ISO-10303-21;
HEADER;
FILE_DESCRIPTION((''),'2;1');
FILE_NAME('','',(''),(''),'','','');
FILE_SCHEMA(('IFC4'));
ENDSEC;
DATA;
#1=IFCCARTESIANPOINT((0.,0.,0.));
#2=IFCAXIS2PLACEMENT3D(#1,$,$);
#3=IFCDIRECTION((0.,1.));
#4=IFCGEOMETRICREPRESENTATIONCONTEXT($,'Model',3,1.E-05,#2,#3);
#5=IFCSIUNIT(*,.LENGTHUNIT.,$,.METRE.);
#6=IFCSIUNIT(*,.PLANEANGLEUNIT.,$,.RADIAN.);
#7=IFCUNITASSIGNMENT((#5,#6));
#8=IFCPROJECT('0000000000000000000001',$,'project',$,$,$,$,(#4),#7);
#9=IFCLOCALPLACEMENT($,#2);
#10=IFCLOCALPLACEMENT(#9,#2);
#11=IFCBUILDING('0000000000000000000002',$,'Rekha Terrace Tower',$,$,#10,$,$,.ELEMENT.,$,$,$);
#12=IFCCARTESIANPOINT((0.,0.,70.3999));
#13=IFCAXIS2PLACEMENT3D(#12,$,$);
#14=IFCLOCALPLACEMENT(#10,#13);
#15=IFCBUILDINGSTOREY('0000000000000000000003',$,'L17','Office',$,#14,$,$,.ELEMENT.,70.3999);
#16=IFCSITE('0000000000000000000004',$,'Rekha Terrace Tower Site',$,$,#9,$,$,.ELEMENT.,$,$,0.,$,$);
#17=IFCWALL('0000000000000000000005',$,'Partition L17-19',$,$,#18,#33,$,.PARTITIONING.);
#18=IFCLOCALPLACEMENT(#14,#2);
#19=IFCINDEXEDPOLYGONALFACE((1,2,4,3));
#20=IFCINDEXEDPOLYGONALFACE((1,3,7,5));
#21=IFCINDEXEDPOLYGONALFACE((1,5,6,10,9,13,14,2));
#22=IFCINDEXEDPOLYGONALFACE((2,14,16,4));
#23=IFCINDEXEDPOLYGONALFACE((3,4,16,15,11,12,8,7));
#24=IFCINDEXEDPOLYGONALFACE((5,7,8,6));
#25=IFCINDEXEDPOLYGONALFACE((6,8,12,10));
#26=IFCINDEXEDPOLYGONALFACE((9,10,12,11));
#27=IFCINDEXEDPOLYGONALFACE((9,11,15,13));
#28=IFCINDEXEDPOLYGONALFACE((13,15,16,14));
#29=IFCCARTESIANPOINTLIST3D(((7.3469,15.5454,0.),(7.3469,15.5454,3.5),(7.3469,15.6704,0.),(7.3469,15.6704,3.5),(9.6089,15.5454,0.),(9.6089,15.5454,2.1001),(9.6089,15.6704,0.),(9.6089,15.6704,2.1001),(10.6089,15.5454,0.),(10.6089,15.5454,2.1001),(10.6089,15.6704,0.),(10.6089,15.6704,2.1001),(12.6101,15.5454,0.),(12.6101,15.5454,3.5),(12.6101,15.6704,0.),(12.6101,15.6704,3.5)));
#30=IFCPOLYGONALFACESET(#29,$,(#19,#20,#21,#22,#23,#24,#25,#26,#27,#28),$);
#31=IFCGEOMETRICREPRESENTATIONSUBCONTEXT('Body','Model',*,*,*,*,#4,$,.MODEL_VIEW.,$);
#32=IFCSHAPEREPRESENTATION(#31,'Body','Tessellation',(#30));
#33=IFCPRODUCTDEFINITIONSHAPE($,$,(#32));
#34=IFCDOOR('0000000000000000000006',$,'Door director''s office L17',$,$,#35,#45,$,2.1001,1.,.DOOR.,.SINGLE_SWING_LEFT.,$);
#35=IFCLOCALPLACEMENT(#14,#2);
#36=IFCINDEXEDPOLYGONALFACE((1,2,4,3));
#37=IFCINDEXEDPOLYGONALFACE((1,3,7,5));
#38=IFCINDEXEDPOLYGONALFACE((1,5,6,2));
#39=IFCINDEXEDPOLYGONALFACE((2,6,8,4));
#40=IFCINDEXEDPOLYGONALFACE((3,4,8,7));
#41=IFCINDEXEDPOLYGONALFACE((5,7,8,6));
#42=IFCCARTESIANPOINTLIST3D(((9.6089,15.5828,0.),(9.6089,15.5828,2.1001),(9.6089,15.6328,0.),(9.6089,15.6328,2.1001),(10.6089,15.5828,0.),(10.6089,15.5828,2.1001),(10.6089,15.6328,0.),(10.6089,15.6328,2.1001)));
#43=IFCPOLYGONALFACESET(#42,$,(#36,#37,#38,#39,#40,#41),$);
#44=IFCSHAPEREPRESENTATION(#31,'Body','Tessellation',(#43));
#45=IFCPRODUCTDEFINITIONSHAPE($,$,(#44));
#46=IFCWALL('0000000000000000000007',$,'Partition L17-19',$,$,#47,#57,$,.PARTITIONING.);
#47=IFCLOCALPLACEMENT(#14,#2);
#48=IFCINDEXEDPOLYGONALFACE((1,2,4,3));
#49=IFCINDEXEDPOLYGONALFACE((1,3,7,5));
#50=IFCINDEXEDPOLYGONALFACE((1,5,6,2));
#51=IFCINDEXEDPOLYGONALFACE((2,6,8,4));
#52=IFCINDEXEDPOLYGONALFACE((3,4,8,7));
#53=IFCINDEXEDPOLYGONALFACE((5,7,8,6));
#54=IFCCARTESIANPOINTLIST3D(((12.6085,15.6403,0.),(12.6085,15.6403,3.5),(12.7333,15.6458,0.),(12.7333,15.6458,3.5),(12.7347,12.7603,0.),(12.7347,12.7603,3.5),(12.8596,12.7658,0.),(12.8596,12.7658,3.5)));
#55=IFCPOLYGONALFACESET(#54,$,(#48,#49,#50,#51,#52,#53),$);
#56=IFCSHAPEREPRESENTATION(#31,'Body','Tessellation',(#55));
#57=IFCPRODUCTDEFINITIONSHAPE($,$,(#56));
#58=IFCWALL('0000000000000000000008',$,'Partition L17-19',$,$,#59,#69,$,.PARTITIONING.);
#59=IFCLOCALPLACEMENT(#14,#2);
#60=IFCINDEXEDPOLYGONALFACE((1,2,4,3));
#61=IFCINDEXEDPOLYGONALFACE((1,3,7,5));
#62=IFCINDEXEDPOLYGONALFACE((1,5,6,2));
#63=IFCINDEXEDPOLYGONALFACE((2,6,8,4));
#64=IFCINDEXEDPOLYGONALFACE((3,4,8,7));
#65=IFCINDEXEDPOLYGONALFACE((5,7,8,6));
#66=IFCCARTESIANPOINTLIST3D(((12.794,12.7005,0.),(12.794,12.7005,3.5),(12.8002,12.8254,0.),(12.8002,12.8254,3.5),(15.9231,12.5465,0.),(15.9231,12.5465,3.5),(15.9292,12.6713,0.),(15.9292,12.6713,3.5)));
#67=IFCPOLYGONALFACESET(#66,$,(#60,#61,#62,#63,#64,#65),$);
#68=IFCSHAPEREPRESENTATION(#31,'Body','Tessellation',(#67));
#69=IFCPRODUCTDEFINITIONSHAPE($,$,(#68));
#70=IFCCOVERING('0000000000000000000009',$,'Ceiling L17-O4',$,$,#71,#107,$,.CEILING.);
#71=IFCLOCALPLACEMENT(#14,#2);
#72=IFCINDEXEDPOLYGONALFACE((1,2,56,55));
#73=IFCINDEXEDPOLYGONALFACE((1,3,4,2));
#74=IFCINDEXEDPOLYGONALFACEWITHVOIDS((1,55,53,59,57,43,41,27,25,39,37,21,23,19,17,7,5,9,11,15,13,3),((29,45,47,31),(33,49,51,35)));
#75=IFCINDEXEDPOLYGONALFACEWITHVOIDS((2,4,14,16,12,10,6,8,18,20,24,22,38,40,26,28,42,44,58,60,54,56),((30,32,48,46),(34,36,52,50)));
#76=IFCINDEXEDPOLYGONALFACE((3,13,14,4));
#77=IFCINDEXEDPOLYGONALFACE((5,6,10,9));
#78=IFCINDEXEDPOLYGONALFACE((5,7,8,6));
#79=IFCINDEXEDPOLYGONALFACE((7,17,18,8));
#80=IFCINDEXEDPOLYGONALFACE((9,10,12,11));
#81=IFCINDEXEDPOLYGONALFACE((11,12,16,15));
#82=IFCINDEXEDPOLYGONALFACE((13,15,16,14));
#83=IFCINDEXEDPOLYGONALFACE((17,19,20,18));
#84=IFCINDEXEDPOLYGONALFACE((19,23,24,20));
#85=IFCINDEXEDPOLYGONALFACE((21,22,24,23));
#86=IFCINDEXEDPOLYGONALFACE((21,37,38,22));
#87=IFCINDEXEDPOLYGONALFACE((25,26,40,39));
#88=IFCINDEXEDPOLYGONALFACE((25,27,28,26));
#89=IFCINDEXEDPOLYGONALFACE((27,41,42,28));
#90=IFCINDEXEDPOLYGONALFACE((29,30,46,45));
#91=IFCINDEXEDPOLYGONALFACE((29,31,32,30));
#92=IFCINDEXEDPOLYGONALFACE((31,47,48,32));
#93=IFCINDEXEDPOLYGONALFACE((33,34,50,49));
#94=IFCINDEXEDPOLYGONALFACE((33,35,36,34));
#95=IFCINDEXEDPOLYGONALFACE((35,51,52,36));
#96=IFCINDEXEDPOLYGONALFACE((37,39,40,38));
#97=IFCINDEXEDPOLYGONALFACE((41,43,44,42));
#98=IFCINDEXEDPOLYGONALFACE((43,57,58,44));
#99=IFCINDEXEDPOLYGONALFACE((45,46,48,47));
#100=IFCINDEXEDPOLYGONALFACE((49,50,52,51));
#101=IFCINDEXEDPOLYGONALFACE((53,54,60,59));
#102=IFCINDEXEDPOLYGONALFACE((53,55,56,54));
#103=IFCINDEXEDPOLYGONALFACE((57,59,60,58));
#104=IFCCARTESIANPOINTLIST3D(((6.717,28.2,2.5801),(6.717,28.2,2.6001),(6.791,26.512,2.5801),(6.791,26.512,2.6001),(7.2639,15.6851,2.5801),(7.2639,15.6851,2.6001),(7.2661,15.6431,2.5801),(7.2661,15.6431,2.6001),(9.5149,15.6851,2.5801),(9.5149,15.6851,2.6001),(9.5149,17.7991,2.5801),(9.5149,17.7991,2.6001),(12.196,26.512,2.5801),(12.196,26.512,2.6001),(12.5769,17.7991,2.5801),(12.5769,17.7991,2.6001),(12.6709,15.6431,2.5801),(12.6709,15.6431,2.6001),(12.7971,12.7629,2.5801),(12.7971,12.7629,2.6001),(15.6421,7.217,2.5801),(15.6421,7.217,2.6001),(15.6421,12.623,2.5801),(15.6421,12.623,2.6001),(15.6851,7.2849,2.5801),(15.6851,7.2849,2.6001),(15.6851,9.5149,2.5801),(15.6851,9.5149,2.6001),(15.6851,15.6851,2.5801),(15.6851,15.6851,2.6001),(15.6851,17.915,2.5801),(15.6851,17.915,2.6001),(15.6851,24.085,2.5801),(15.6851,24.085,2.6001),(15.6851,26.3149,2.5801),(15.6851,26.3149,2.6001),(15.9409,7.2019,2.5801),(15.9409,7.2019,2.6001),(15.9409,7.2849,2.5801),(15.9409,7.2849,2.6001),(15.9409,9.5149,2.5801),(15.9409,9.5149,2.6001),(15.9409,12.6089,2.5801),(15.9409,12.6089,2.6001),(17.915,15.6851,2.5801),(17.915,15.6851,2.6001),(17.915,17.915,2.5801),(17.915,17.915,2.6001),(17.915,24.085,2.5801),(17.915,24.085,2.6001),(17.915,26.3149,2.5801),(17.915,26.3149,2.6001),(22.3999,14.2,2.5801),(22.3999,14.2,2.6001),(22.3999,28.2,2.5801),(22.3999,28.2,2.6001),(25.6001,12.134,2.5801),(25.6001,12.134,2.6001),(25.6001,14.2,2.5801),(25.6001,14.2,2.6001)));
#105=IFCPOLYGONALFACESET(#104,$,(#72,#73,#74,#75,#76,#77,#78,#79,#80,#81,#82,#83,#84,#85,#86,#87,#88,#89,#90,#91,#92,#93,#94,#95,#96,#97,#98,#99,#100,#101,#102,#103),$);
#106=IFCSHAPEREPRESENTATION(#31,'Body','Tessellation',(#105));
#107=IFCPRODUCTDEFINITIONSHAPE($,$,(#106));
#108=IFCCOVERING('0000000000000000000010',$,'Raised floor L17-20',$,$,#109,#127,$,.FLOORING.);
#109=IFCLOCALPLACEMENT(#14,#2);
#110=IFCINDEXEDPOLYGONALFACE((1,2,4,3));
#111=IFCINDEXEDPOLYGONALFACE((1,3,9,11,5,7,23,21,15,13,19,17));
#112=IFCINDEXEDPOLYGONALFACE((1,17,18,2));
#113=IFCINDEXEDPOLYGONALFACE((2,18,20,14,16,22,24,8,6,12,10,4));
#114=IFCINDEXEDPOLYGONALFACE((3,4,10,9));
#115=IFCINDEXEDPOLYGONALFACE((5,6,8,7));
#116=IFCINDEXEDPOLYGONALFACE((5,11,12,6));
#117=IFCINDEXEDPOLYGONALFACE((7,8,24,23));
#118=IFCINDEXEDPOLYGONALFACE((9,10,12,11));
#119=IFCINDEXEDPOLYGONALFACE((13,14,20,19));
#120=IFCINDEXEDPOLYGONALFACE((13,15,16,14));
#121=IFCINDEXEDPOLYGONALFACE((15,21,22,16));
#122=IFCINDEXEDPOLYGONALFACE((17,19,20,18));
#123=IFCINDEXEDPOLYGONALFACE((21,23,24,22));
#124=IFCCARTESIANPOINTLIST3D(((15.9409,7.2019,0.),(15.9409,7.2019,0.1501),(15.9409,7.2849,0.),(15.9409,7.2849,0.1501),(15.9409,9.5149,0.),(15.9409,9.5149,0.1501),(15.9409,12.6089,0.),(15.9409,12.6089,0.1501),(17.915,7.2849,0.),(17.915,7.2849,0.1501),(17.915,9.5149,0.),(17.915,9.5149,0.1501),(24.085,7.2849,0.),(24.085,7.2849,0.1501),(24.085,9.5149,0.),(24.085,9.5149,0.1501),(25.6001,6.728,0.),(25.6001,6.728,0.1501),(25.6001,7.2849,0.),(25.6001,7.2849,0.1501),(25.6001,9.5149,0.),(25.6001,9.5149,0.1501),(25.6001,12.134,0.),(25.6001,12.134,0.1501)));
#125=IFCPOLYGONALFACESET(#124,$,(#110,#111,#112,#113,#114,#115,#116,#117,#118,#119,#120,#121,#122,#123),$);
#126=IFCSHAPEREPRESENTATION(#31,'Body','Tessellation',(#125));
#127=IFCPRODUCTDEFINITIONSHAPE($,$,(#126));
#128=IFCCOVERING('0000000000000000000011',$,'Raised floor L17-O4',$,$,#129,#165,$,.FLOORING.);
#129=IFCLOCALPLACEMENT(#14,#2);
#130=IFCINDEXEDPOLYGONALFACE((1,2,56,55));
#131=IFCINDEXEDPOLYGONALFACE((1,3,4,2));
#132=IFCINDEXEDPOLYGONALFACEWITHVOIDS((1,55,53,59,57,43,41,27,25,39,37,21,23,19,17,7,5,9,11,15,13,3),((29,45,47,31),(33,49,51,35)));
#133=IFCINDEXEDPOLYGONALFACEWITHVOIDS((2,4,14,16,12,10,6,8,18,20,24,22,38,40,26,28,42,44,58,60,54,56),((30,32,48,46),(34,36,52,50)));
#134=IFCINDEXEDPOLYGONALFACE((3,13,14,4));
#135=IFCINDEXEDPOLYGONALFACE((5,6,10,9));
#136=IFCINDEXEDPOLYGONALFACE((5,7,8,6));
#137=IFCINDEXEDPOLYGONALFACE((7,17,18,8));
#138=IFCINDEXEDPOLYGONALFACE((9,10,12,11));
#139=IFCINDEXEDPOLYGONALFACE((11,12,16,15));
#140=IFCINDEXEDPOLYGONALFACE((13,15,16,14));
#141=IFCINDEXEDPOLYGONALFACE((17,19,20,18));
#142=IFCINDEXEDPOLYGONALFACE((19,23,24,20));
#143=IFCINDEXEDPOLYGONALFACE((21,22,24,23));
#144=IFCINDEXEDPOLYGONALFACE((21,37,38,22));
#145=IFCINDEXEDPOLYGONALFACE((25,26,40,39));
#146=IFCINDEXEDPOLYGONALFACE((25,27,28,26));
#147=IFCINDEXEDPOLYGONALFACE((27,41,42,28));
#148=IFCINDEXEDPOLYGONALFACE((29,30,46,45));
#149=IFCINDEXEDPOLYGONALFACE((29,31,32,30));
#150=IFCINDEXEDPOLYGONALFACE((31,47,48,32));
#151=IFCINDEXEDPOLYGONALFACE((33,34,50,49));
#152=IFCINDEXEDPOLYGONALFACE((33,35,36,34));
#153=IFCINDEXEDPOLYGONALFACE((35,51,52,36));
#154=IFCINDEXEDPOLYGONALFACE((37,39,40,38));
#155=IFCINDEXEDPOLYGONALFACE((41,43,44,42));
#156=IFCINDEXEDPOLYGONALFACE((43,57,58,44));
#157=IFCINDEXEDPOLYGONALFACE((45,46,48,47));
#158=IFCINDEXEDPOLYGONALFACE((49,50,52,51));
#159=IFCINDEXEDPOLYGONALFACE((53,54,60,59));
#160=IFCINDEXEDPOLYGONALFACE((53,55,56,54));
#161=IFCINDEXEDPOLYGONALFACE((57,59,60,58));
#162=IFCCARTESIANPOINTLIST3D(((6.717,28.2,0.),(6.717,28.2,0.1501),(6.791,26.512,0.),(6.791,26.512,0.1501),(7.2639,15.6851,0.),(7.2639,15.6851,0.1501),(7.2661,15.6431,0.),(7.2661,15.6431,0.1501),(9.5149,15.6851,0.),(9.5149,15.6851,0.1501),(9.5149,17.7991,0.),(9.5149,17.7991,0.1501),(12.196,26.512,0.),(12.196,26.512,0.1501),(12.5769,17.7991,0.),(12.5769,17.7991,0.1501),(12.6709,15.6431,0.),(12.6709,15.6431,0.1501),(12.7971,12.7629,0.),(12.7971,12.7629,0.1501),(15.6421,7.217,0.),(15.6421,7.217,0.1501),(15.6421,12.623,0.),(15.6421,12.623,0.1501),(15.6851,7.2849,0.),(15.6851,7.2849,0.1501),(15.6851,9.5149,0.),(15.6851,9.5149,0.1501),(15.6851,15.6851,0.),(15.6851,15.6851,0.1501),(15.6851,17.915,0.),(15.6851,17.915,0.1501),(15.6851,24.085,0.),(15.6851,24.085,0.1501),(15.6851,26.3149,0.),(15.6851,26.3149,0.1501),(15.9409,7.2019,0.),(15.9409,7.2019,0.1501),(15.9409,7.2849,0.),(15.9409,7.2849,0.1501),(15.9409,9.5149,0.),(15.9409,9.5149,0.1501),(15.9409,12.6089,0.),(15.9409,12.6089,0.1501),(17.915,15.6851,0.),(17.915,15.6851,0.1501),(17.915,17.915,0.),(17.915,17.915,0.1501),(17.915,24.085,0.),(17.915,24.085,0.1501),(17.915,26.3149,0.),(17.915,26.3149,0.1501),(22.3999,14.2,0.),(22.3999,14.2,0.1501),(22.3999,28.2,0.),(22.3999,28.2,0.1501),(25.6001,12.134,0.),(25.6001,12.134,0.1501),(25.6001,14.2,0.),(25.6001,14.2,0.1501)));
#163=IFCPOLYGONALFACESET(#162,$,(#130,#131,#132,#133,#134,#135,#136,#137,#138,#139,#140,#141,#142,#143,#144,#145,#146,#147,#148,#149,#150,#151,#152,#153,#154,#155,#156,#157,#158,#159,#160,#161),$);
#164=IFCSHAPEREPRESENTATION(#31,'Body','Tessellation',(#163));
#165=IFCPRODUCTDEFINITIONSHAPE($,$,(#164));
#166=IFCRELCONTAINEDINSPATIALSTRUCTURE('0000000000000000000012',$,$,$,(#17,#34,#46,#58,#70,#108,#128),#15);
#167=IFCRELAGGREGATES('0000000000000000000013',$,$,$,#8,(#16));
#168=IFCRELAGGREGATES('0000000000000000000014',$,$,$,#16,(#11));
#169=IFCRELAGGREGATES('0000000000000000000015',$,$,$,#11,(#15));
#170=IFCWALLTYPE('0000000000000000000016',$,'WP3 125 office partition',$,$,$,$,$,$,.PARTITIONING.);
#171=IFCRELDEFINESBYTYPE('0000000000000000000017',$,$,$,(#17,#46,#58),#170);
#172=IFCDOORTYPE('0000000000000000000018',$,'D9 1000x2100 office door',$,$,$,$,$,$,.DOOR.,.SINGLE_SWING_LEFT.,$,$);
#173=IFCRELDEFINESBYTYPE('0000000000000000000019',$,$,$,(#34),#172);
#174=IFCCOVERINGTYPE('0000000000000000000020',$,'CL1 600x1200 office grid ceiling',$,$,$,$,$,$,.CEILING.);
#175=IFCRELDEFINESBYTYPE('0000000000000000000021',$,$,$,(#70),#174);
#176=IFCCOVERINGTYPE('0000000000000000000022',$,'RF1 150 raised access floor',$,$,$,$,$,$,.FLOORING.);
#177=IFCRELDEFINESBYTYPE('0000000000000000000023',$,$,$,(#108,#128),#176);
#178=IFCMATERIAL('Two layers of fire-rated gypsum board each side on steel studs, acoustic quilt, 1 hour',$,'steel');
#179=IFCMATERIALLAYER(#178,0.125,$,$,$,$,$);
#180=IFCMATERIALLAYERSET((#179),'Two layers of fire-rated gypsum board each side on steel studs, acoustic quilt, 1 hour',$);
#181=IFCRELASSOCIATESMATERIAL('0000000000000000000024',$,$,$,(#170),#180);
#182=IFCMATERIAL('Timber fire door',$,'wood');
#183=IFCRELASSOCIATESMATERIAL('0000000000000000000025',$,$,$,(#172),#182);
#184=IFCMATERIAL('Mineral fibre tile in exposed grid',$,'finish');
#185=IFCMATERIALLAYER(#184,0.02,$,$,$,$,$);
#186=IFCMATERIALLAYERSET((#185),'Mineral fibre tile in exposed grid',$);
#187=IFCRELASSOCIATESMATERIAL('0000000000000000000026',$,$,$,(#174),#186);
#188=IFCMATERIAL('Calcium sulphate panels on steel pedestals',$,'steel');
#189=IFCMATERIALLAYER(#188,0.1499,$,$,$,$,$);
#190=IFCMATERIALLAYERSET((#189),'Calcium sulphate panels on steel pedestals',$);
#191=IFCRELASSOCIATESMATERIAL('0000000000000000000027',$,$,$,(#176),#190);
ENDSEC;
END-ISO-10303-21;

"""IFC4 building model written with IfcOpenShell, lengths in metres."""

from ifc_helpers import new_model, si_unit, direction, frame, frame_2d, origin, place, context, subcontext, project, spatial, polyline, rectangle, outline, extrude, material, layer, layer_set, type_object, element, fill, save


model = new_model("IFC4")

# Units and contexts
model_context = context("Model", 3, precision=1e-05, world=origin(), true_north=direction((0.0, 1.0)))
body_context = subcontext(model_context, "Body", "Model", "MODEL_VIEW")
ifc_project = project(units=[si_unit("LENGTHUNIT", "METRE"), si_unit("PLANEANGLEUNIT", "RADIAN")], contexts=[model_context])

# Site, building, storey
site_placement = place(None, origin())
site = spatial("IfcSite", under=ifc_project, at=site_placement, Name="Rekha Terrace Tower Site", CompositionType="ELEMENT", RefElevation=0.0)
building_placement = place(site_placement, origin())
building = spatial("IfcBuilding", under=site, at=building_placement, Name="Rekha Terrace Tower", CompositionType="ELEMENT")
storey_placement = place(building_placement, frame((0.0, 0.0, 70.3999)))
storey = spatial("IfcBuildingStorey", under=building, at=storey_placement, Name="L17", Description="Office", CompositionType="ELEMENT", Elevation=70.3999)

# Shared definitions
ifc_material_1 = material(Name="Two layers of fire-rated gypsum board each side on steel studs, acoustic quilt, 1 hour", Category="steel")
ifc_layer_1 = layer(ifc_material_1, 0.125)
ifc_layer_set_1 = layer_set([ifc_layer_1], Name="Two layers of fire-rated gypsum board each side on steel studs, acoustic quilt, 1 hour")
wall_type = type_object("IfcWallType", Name="WP3 125 office partition", PredefinedType="PARTITIONING", material=ifc_layer_set_1)

# Wall, opening, door
wall_1_placement = place(storey_placement, frame((7.3469, 15.6079, 0.0), z_axis=(0.0, 0.0, 1.0), x_axis=(1.0, 0.0, 0.0)))
wall_1 = element("IfcWall", 1, at=wall_1_placement, inside=storey, type_object=wall_type, Name="Partition L17-19", PredefinedType="PARTITIONING", context=body_context, shape_type="SweptSolid", body=[
    extrude(rectangle(XDim=5.2632, YDim=0.125, at=frame_2d((2.6316, 0.0))), origin(), (0.0, 0.0, 1.0), 3.5),
])
opening_placement = place(wall_1_placement, frame((2.262, 0.0, 0.0)))
opening = element("IfcOpeningElement", 2, at=opening_placement, cuts=wall_1, PredefinedType="OPENING", context=body_context, shape_type="SweptSolid", body=[
    extrude(rectangle(XDim=1.0, YDim=2.1001, at=frame_2d((0.5, 1.05))), frame((0.0, 0.0725, 0.0), z_axis=(0.0, -1.0, 0.0), x_axis=(1.0, 0.0, 0.0)), (0.0, 0.0, 1.0), 0.145),
])
ifc_material_2 = material(Name="Timber fire door", Category="wood")
door_type = type_object("IfcDoorType", Name="D9 1000x2100 office door", OperationType="SINGLE_SWING_LEFT", PredefinedType="DOOR", material=ifc_material_2)
door_placement = place(opening_placement, origin())
door = element("IfcDoor", 3, at=door_placement, inside=storey, type_object=door_type, Name="Door director's office L17", OperationType="SINGLE_SWING_LEFT", OverallHeight=2.1001, OverallWidth=1.0, PredefinedType="DOOR", context=body_context, shape_type="SweptSolid", body=[
    extrude(rectangle(XDim=1.0, YDim=2.1001, at=frame_2d((0.5, 1.05))), frame((0.0, 0.0249, 0.0), z_axis=(0.0, -1.0, 0.0), x_axis=(1.0, 0.0, 0.0)), (0.0, 0.0, 1.0), 0.05),
])
fill(opening, door)

# Walls
wall_2_placement = place(storey_placement, frame((12.6709, 15.6431, 0.0), z_axis=(0.0, 0.0, 1.0), x_axis=(0.043783, -0.999041, 0.0)))
element("IfcWall", 4, at=wall_2_placement, inside=storey, type_object=wall_type, Name="Partition L17-19", PredefinedType="PARTITIONING", context=body_context, shape_type="SweptSolid", body=[
    extrude(rectangle(XDim=2.8828, YDim=0.125, at=frame_2d((1.4414, 0.0))), origin(), (0.0, 0.0, 1.0), 3.5),
])
wall_3_placement = place(storey_placement, frame((12.7971, 12.7629, 0.0), z_axis=(0.0, 0.0, 1.0), x_axis=(0.99879, -0.049176, 0.0)))
element("IfcWall", 5, at=wall_3_placement, inside=storey, type_object=wall_type, Name="Partition L17-19", PredefinedType="PARTITIONING", context=body_context, shape_type="SweptSolid", body=[
    extrude(rectangle(XDim=3.1328, YDim=0.125, at=frame_2d((1.5664, 0.0))), origin(), (0.0, 0.0, 1.0), 3.5),
])

# Coverings
ifc_material_3 = material(Name="Mineral fibre tile in exposed grid", Category="finish")
ifc_layer_2 = layer(ifc_material_3, 0.02)
ifc_layer_set_2 = layer_set([ifc_layer_2], Name="Mineral fibre tile in exposed grid")
covering_type_1 = type_object("IfcCoveringType", Name="CL1 600x1200 office grid ceiling", PredefinedType="CEILING", material=ifc_layer_set_2)
covering_1_placement = place(storey_placement, frame((0.0, 0.0, 2.5801)))
element("IfcCovering", 6, at=covering_1_placement, inside=storey, type_object=covering_type_1, Name="Ceiling L17-O4", PredefinedType="CEILING", context=body_context, shape_type="SweptSolid", body=[
    extrude(outline(polyline([(22.3999, 28.2), (6.717, 28.2), (6.791, 26.512), (12.196, 26.512), (12.5769, 17.7991), (9.5149, 17.7991), (9.5149, 15.6851), (7.2639, 15.6851), (7.2661, 15.6431), (12.6709, 15.6431), (12.7971, 12.7629), (15.6421, 12.623), (15.6421, 7.217), (15.9409, 7.2019), (15.9409, 7.2849), (15.6851, 7.2849), (15.6851, 9.5149), (15.9409, 9.5149), (15.9409, 12.6089), (25.6001, 12.134), (25.6001, 14.2), (22.3999, 14.2), (22.3999, 28.2)]), holes=[polyline([(17.915, 15.6851), (15.6851, 15.6851), (15.6851, 17.915), (17.915, 17.915), (17.915, 15.6851)]), polyline([(17.915, 24.085), (15.6851, 24.085), (15.6851, 26.3149), (17.915, 26.3149), (17.915, 24.085)])]), origin(), (0.0, 0.0, 1.0), 0.02),
])
ifc_material_4 = material(Name="Calcium sulphate panels on steel pedestals", Category="steel")
ifc_layer_3 = layer(ifc_material_4, 0.1499)
ifc_layer_set_3 = layer_set([ifc_layer_3], Name="Calcium sulphate panels on steel pedestals")
covering_type_2 = type_object("IfcCoveringType", Name="RF1 150 raised access floor", PredefinedType="FLOORING", material=ifc_layer_set_3)
covering_2_placement = place(storey_placement, origin())
element("IfcCovering", 7, at=covering_2_placement, inside=storey, type_object=covering_type_2, Name="Raised floor L17-20", PredefinedType="FLOORING", context=body_context, shape_type="SweptSolid", body=[
    extrude(outline(polyline([(15.9409, 7.2849), (15.9409, 7.2019), (25.6001, 6.728), (25.6001, 7.2849), (24.085, 7.2849), (24.085, 9.5149), (25.6001, 9.5149), (25.6001, 12.134), (15.9409, 12.6089), (15.9409, 9.5149), (17.915, 9.5149), (17.915, 7.2849), (15.9409, 7.2849)])), origin(), (0.0, 0.0, 1.0), 0.1501),
])
covering_3_placement = place(storey_placement, origin())
element("IfcCovering", 8, at=covering_3_placement, inside=storey, type_object=covering_type_2, Name="Raised floor L17-O4", PredefinedType="FLOORING", context=body_context, shape_type="SweptSolid", body=[
    extrude(outline(polyline([(22.3999, 28.2), (6.717, 28.2), (6.791, 26.512), (12.196, 26.512), (12.5769, 17.7991), (9.5149, 17.7991), (9.5149, 15.6851), (7.2639, 15.6851), (7.2661, 15.6431), (12.6709, 15.6431), (12.7971, 12.7629), (15.6421, 12.623), (15.6421, 7.217), (15.9409, 7.2019), (15.9409, 7.2849), (15.6851, 7.2849), (15.6851, 9.5149), (15.9409, 9.5149), (15.9409, 12.6089), (25.6001, 12.134), (25.6001, 14.2), (22.3999, 14.2), (22.3999, 28.2)]), holes=[polyline([(17.915, 15.6851), (15.6851, 15.6851), (15.6851, 17.915), (17.915, 17.915), (17.915, 15.6851)]), polyline([(17.915, 24.085), (15.6851, 24.085), (15.6851, 26.3149), (17.915, 26.3149), (17.915, 24.085)])]), origin(), (0.0, 0.0, 1.0), 0.1501),
])

save(model, "model.ifc")
